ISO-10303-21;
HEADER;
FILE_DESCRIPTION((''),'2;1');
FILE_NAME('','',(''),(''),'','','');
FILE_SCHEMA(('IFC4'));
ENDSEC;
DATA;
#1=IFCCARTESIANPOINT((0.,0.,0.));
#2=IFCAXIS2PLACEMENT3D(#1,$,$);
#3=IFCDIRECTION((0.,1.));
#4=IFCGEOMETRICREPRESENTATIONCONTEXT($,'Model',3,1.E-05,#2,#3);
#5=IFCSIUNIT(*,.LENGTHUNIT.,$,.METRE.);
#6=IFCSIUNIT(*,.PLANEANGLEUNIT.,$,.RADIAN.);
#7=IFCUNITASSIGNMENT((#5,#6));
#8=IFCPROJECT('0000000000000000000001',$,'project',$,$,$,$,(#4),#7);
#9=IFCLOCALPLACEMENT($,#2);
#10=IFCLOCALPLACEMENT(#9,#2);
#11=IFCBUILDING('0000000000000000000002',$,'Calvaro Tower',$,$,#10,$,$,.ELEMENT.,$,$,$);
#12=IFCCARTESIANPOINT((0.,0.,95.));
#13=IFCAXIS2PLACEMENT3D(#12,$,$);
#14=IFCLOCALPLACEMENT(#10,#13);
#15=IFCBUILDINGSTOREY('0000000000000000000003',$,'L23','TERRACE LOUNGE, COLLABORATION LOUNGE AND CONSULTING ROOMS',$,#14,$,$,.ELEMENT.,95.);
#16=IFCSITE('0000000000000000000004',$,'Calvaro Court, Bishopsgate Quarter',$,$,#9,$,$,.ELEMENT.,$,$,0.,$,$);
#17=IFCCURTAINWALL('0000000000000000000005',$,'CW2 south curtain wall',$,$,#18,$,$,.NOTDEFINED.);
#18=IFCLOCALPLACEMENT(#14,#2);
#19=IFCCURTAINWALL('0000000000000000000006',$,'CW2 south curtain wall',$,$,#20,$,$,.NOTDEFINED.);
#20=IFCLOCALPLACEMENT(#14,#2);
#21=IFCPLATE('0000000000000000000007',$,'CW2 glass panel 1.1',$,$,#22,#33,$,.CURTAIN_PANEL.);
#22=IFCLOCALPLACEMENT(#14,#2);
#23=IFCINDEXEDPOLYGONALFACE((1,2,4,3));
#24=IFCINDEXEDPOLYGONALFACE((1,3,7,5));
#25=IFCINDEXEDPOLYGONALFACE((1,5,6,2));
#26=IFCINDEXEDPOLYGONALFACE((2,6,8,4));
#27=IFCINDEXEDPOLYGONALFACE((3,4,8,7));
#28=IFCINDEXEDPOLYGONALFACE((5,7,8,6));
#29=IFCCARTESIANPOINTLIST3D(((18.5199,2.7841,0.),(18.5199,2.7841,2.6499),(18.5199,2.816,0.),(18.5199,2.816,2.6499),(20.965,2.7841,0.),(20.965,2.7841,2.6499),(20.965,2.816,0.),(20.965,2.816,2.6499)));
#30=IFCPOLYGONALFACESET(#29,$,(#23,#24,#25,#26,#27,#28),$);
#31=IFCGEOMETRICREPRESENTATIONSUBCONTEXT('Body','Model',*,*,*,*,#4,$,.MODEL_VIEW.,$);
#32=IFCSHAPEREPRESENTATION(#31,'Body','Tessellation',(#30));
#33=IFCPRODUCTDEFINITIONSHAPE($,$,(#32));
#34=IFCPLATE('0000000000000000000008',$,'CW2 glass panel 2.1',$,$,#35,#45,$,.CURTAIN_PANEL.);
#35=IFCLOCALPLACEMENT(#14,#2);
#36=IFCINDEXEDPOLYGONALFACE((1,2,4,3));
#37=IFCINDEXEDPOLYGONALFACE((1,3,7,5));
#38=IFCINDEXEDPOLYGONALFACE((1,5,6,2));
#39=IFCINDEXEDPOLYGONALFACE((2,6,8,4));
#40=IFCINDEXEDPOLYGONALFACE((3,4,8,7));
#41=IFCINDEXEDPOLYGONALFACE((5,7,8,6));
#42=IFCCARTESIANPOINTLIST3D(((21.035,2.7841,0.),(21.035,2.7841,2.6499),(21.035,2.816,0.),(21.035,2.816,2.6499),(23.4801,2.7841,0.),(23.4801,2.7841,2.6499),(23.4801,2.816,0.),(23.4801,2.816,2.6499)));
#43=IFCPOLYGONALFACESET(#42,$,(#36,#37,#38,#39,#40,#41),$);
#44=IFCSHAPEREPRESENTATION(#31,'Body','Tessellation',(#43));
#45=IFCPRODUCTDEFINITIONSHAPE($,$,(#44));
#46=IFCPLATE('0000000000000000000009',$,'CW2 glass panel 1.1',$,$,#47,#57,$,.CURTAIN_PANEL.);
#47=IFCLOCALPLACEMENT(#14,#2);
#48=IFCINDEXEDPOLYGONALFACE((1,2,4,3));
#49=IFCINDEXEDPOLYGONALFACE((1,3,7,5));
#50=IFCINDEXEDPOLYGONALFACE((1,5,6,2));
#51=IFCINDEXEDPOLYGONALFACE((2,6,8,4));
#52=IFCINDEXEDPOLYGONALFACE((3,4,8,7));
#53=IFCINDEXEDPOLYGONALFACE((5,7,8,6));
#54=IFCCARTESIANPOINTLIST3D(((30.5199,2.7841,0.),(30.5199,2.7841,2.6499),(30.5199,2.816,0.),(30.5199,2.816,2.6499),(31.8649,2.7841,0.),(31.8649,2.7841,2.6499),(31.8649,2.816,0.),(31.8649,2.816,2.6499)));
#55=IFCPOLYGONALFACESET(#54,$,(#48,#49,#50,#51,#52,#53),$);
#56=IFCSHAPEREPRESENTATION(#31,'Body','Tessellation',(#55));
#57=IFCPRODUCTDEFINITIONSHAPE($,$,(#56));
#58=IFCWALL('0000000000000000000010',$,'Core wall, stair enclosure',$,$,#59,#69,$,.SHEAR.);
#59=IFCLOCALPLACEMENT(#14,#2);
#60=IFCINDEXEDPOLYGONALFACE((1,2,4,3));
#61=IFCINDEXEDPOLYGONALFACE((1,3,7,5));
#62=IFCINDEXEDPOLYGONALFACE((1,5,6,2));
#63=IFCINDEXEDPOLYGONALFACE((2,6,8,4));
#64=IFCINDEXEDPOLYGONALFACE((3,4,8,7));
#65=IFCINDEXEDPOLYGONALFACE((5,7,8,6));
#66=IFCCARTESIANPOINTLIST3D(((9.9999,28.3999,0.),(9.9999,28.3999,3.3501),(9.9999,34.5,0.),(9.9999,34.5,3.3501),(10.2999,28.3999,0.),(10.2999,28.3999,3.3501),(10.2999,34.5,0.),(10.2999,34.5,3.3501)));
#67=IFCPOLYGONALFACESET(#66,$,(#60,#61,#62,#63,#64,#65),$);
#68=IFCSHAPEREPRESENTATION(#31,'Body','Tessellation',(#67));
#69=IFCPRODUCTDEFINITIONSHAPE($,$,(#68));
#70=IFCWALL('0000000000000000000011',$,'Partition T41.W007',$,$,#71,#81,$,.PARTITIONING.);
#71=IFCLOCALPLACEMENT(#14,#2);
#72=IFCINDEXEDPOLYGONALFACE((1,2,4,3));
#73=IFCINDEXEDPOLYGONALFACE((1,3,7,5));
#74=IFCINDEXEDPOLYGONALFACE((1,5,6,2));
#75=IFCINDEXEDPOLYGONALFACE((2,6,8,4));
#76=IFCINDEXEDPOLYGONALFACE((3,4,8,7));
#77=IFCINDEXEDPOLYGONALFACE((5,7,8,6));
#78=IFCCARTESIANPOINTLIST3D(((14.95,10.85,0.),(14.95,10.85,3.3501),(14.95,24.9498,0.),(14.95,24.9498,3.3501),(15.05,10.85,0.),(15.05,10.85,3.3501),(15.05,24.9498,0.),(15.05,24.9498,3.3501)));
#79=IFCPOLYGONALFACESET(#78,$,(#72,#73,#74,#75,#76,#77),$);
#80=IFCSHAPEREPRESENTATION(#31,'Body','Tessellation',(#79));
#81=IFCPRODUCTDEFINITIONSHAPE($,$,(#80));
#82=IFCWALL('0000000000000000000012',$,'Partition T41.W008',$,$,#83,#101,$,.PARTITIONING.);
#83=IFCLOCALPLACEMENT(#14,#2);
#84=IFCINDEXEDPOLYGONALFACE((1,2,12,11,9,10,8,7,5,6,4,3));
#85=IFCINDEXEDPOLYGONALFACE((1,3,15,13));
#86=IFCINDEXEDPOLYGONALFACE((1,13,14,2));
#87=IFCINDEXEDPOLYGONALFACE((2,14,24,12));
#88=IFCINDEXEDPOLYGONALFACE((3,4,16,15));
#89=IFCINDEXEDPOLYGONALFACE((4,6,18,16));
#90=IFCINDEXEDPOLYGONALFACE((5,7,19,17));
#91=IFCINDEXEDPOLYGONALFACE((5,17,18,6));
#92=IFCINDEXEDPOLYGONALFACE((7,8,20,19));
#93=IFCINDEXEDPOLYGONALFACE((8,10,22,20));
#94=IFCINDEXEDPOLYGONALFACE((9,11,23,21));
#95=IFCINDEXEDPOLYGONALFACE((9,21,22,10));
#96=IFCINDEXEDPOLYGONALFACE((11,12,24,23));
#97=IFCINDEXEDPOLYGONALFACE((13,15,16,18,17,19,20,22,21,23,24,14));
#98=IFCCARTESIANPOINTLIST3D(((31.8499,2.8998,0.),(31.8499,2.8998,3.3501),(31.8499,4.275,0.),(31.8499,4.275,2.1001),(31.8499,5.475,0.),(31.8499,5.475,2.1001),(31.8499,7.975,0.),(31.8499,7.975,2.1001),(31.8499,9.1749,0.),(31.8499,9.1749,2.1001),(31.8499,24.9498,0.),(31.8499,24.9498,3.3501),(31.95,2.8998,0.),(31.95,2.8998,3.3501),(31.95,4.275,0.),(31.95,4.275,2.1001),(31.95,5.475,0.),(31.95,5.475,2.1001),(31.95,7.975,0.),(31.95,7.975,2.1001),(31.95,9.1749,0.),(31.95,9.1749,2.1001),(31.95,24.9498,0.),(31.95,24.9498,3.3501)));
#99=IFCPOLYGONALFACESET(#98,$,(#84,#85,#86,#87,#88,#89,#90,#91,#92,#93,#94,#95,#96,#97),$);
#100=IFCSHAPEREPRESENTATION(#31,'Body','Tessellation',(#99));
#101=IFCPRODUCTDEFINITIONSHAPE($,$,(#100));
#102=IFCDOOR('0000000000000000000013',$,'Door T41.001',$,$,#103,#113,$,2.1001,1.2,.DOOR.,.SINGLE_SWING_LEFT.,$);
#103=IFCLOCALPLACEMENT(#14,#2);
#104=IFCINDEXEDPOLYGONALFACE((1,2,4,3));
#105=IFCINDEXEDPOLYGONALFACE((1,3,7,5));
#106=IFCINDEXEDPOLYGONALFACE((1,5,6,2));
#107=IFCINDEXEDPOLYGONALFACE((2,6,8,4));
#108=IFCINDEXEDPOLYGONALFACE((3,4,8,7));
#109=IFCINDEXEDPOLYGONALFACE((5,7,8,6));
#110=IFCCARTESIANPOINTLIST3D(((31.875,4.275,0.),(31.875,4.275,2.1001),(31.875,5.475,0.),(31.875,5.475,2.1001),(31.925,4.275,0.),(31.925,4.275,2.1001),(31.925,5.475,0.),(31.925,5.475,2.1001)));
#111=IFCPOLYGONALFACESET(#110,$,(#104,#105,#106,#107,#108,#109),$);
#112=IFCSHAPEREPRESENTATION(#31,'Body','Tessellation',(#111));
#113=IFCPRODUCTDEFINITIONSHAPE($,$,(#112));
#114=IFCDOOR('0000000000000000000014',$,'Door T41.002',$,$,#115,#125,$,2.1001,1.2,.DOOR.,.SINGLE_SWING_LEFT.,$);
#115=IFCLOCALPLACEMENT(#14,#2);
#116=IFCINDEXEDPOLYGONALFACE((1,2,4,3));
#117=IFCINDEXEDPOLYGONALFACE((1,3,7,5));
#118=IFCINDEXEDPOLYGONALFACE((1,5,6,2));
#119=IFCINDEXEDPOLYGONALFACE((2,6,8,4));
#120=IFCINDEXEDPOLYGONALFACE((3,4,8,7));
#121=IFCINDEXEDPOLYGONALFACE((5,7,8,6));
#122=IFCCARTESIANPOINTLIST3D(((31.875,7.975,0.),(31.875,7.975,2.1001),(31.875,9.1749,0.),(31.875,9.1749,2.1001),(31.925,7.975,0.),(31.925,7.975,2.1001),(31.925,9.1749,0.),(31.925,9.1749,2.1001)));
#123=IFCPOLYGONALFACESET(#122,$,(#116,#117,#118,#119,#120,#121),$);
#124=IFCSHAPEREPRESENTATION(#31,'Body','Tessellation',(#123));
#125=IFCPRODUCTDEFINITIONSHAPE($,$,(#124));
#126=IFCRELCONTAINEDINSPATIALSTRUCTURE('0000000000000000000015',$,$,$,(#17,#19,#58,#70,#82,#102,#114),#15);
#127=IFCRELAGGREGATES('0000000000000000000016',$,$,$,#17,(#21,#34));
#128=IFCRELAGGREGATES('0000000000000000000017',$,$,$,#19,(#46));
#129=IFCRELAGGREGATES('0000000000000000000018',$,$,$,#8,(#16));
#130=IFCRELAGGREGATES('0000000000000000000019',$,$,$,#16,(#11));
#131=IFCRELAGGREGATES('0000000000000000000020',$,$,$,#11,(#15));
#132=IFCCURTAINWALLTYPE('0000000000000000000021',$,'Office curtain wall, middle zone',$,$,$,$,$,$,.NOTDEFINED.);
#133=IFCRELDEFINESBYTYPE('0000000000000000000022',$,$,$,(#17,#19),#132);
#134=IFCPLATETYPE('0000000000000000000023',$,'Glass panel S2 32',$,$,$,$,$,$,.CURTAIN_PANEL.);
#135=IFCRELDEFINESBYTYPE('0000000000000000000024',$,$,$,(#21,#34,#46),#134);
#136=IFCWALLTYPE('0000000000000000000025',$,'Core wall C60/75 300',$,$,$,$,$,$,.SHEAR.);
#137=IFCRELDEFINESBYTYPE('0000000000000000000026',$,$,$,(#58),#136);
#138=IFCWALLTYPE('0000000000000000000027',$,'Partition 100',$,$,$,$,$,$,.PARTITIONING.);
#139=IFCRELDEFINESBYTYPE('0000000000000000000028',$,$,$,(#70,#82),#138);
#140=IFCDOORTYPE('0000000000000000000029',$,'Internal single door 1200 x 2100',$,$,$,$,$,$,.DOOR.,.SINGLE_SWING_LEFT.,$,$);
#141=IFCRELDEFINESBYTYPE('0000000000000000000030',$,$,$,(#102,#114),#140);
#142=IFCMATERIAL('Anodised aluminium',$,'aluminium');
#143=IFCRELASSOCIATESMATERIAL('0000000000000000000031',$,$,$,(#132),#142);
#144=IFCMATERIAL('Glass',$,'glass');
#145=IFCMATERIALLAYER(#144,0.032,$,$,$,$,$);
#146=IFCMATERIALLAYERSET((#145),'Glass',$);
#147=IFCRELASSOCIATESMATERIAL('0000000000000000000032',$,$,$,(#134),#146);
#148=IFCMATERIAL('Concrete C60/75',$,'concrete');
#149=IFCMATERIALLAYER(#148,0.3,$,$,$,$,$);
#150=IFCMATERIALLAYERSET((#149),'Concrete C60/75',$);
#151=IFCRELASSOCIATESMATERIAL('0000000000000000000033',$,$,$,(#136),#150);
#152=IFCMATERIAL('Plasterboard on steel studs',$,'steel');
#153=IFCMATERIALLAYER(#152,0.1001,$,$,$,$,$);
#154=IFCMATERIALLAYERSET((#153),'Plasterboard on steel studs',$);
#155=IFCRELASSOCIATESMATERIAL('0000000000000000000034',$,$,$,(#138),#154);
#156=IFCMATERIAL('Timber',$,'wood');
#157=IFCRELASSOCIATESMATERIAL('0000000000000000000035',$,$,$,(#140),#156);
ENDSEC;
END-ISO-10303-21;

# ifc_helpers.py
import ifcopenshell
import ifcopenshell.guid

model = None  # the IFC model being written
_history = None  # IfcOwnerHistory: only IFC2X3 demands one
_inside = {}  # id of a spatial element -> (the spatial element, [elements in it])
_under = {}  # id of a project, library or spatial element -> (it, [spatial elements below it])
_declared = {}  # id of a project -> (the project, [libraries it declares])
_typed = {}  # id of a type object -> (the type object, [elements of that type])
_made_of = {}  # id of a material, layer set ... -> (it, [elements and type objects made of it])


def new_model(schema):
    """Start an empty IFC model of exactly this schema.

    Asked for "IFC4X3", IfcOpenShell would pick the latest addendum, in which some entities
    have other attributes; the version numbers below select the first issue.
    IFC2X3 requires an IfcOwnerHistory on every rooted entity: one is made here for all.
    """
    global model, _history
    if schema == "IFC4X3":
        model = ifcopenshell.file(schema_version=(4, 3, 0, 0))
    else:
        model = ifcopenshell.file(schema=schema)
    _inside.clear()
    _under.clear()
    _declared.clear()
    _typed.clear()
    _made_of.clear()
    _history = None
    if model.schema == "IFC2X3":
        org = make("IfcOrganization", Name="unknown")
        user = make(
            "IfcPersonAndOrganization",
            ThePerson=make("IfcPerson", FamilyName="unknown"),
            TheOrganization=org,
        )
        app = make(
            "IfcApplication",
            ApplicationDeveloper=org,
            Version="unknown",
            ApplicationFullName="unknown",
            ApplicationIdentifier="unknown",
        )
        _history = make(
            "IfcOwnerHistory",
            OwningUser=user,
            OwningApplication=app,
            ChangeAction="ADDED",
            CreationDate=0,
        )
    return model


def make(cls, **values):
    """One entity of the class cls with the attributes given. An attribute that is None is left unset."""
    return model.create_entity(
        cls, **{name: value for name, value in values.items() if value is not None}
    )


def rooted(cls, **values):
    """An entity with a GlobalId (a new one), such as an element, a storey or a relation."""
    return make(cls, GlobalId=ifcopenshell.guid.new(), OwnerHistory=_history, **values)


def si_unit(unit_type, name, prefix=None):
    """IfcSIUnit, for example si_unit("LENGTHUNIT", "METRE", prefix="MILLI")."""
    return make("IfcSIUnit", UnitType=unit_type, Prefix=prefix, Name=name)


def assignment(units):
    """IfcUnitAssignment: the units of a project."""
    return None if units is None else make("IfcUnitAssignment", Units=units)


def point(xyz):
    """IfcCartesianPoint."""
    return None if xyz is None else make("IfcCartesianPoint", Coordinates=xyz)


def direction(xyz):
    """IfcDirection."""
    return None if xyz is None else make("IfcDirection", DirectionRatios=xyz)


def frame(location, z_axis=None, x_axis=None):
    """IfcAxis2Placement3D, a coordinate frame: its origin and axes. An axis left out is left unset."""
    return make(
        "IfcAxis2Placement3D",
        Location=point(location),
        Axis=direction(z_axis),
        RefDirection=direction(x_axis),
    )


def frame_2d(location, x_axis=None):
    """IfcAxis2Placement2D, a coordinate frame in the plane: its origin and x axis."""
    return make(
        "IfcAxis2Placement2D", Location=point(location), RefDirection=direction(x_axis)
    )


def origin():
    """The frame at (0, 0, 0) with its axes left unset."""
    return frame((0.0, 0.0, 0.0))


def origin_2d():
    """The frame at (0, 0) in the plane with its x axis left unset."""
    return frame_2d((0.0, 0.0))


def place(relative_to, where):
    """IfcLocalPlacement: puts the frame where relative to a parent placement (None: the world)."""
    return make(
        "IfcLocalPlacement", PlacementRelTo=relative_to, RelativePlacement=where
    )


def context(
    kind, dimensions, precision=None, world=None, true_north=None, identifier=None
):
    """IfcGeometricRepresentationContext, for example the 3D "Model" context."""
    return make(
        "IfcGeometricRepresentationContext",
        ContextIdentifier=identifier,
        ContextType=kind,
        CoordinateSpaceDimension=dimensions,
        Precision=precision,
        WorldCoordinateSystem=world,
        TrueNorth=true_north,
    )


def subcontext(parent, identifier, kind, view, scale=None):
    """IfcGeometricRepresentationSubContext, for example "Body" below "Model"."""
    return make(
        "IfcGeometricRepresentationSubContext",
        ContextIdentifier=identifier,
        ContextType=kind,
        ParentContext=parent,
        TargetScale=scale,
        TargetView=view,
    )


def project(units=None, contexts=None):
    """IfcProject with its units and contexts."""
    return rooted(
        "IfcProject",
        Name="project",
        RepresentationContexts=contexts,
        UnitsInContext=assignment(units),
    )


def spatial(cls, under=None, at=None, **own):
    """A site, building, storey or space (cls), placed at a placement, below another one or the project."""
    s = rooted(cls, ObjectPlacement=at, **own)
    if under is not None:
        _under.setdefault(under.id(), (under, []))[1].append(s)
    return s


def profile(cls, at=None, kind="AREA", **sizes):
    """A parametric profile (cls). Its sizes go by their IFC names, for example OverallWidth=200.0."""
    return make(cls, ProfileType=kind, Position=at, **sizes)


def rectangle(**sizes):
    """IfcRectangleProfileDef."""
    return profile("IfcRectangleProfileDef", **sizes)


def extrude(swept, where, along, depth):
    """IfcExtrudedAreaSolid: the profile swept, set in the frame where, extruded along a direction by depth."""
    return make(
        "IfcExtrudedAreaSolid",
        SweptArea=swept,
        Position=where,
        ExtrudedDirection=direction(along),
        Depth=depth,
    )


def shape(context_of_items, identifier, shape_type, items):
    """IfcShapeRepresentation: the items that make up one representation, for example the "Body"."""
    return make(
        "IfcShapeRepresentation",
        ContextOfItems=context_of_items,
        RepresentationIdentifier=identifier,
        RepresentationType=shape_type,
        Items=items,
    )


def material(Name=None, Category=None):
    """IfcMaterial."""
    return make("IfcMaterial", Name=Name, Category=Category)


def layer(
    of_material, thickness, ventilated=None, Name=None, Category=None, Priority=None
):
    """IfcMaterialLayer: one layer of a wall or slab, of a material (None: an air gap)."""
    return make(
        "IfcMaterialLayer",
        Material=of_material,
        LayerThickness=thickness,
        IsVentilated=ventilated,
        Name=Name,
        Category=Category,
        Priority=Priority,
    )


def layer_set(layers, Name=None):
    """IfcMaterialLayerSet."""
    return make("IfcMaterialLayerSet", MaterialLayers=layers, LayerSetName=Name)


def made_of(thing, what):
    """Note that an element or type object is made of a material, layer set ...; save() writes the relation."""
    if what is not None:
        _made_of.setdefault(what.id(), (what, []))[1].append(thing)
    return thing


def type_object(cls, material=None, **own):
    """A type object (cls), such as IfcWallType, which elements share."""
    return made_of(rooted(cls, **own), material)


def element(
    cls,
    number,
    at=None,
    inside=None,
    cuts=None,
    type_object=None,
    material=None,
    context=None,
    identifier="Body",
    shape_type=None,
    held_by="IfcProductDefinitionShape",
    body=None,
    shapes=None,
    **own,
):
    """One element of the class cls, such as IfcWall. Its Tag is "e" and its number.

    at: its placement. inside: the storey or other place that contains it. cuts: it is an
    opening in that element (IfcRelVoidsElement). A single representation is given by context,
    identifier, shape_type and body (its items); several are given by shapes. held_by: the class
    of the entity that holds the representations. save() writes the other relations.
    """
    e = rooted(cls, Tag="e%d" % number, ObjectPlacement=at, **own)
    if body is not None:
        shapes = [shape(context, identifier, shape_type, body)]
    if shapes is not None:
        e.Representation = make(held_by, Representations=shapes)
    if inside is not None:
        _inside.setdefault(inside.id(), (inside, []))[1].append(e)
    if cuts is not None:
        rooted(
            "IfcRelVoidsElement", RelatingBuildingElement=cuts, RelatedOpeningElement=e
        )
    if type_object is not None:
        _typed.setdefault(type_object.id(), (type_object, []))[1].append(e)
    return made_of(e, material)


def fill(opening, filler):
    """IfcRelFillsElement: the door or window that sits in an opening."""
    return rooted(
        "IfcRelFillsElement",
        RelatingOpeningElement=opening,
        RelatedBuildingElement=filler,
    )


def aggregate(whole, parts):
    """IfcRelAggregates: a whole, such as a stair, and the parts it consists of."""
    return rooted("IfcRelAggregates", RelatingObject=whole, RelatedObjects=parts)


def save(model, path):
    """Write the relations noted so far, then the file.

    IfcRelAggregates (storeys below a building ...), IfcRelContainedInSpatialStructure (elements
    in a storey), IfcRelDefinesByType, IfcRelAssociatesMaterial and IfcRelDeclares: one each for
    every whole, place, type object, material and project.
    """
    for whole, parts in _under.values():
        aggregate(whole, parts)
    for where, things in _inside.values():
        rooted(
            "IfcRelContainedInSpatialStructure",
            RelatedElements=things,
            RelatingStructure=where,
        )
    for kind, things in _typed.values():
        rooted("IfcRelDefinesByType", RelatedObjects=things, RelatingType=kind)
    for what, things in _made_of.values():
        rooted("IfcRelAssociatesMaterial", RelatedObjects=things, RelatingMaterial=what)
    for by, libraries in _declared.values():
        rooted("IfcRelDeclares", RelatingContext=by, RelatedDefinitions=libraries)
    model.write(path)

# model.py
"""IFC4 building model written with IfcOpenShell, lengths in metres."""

from ifc_helpers import new_model, si_unit, direction, frame, frame_2d, origin, origin_2d, place, context, subcontext, project, spatial, rectangle, extrude, material, layer, layer_set, type_object, element, fill, aggregate, save


model = new_model("IFC4")

# Units and contexts
model_context = context("Model", 3, precision=1e-05, world=origin(), true_north=direction((0.0, 1.0)))
body_context = subcontext(model_context, "Body", "Model", "MODEL_VIEW")
ifc_project = project(units=[si_unit("LENGTHUNIT", "METRE"), si_unit("PLANEANGLEUNIT", "RADIAN")], contexts=[model_context])

# Site, building, storey
site_placement = place(None, origin())
site = spatial("IfcSite", under=ifc_project, at=site_placement, Name="Calvaro Court, Bishopsgate Quarter", CompositionType="ELEMENT", RefElevation=0.0)
building_placement = place(site_placement, origin())
building = spatial("IfcBuilding", under=site, at=building_placement, Name="Calvaro Tower", CompositionType="ELEMENT")
storey_placement = place(building_placement, frame((0.0, 0.0, 95.0)))
storey = spatial("IfcBuildingStorey", under=building, at=storey_placement, Name="L23", Description="TERRACE LOUNGE, COLLABORATION LOUNGE AND CONSULTING ROOMS", CompositionType="ELEMENT", Elevation=95.0)

# Curtain walls
ifc_material_1 = material(Name="Anodised aluminium", Category="aluminium")
curtain_wall_type = type_object("IfcCurtainWallType", Name="Office curtain wall, middle zone", PredefinedType="NOTDEFINED", material=ifc_material_1)
curtain_wall_1_placement = place(storey_placement, origin())
curtain_wall_1 = element("IfcCurtainWall", 1, at=curtain_wall_1_placement, inside=storey, type_object=curtain_wall_type, Name="CW2 south curtain wall", PredefinedType="NOTDEFINED")
curtain_wall_2_placement = place(storey_placement, origin())
curtain_wall_2 = element("IfcCurtainWall", 2, at=curtain_wall_2_placement, inside=storey, type_object=curtain_wall_type, Name="CW2 south curtain wall", PredefinedType="NOTDEFINED")

# Plates
ifc_material_2 = material(Name="Glass", Category="glass")
ifc_layer_1 = layer(ifc_material_2, 0.032)
ifc_layer_set_1 = layer_set([ifc_layer_1], Name="Glass")
plate_type = type_object("IfcPlateType", Name="Glass panel S2 32", PredefinedType="CURTAIN_PANEL", material=ifc_layer_set_1)
plate_1_placement = place(storey_placement, frame((19.7424, 2.8, 0.0), z_axis=(0.0, 0.0, 1.0), x_axis=(1.0, 0.0, 0.0)))
plate_1 = element("IfcPlate", 3, at=plate_1_placement, type_object=plate_type, Name="CW2 glass panel 1.1", PredefinedType="CURTAIN_PANEL", context=body_context, shape_type="SweptSolid", body=[
    extrude(rectangle(XDim=2.4451, YDim=0.032, at=origin_2d()), origin(), (0.0, 0.0, 1.0), 2.6499),
])
plate_2_placement = place(storey_placement, frame((22.2576, 2.8, 0.0), z_axis=(0.0, 0.0, 1.0), x_axis=(1.0, 0.0, 0.0)))
plate_2 = element("IfcPlate", 4, at=plate_2_placement, type_object=plate_type, Name="CW2 glass panel 2.1", PredefinedType="CURTAIN_PANEL", context=body_context, shape_type="SweptSolid", body=[
    extrude(rectangle(XDim=2.4451, YDim=0.032, at=origin_2d()), origin(), (0.0, 0.0, 1.0), 2.6499),
])
aggregate(curtain_wall_1, [plate_1, plate_2])
plate_3_placement = place(storey_placement, frame((31.1924, 2.8, 0.0), z_axis=(0.0, 0.0, 1.0), x_axis=(1.0, 0.0, 0.0)))
plate_3 = element("IfcPlate", 5, at=plate_3_placement, type_object=plate_type, Name="CW2 glass panel 1.1", PredefinedType="CURTAIN_PANEL", context=body_context, shape_type="SweptSolid", body=[
    extrude(rectangle(XDim=1.345, YDim=0.032, at=origin_2d()), origin(), (0.0, 0.0, 1.0), 2.6499),
])
aggregate(curtain_wall_2, [plate_3])

# Wall
ifc_material_3 = material(Name="Concrete C60/75", Category="concrete")
ifc_layer_2 = layer(ifc_material_3, 0.3)
ifc_layer_set_2 = layer_set([ifc_layer_2], Name="Concrete C60/75")
wall_type_1 = type_object("IfcWallType", Name="Core wall C60/75 300", PredefinedType="SHEAR", material=ifc_layer_set_2)
wall_1_placement = place(storey_placement, frame((10.1499, 28.3999, 0.0), z_axis=(0.0, 0.0, 1.0), x_axis=(0.0, 1.0, 0.0)))
element("IfcWall", 6, at=wall_1_placement, inside=storey, type_object=wall_type_1, Name="Core wall, stair enclosure", PredefinedType="SHEAR", context=body_context, shape_type="SweptSolid", body=[
    extrude(rectangle(XDim=6.1001, YDim=0.3, at=frame_2d((3.05, 0.0))), origin(), (0.0, 0.0, 1.0), 3.3501),
])

# Wall
ifc_material_4 = material(Name="Plasterboard on steel studs", Category="steel")
ifc_layer_3 = layer(ifc_material_4, 0.1001)
ifc_layer_set_3 = layer_set([ifc_layer_3], Name="Plasterboard on steel studs")
wall_type_2 = type_object("IfcWallType", Name="Partition 100", PredefinedType="PARTITIONING", material=ifc_layer_set_3)
wall_2_placement = place(storey_placement, frame((15.0, 10.8501, 0.0), z_axis=(0.0, 0.0, 1.0), x_axis=(0.0, 1.0, 0.0)))
element("IfcWall", 7, at=wall_2_placement, inside=storey, type_object=wall_type_2, Name="Partition T41.W007", PredefinedType="PARTITIONING", context=body_context, shape_type="SweptSolid", body=[
    extrude(rectangle(XDim=14.0999, YDim=0.1001, at=frame_2d((7.0498, 0.0))), origin(), (0.0, 0.0, 1.0), 3.3501),
])

# Wall, openings, doors
wall_3_placement = place(storey_placement, frame((31.8999, 2.8999, 0.0), z_axis=(0.0, 0.0, 1.0), x_axis=(0.0, 1.0, 0.0)))
wall_3 = element("IfcWall", 8, at=wall_3_placement, inside=storey, type_object=wall_type_2, Name="Partition T41.W008", PredefinedType="PARTITIONING", context=body_context, shape_type="SweptSolid", body=[
    extrude(rectangle(XDim=22.05, YDim=0.1001, at=frame_2d((11.0249, 0.0))), origin(), (0.0, 0.0, 1.0), 3.3501),
])
opening_1_placement = place(wall_3_placement, frame((1.375, 0.0, 0.0)))
opening_1 = element("IfcOpeningElement", 9, at=opening_1_placement, cuts=wall_3, PredefinedType="OPENING", context=body_context, shape_type="SweptSolid", body=[
    extrude(rectangle(XDim=1.2, YDim=2.1001, at=frame_2d((0.6001, 1.05))), frame((0.0, 0.0601, 0.0), z_axis=(0.0, -1.0, 0.0), x_axis=(1.0, 0.0, 0.0)), (0.0, 0.0, 1.0), 0.1201),
])
opening_2_placement = place(wall_3_placement, frame((5.075, 0.0, 0.0)))
opening_2 = element("IfcOpeningElement", 10, at=opening_2_placement, cuts=wall_3, PredefinedType="OPENING", context=body_context, shape_type="SweptSolid", body=[
    extrude(rectangle(XDim=1.2, YDim=2.1001, at=frame_2d((0.6001, 1.05))), frame((0.0, 0.0601, 0.0), z_axis=(0.0, -1.0, 0.0), x_axis=(1.0, 0.0, 0.0)), (0.0, 0.0, 1.0), 0.1201),
])
ifc_material_5 = material(Name="Timber", Category="wood")
door_type_1 = type_object("IfcDoorType", Name="Internal single door 1200 x 2100", OperationType="SINGLE_SWING_LEFT", PredefinedType="DOOR", material=ifc_material_5)
door_1_placement = place(opening_1_placement, origin())
door_1 = element("IfcDoor", 11, at=door_1_placement, inside=storey, type_object=door_type_1, Name="Door T41.001", OperationType="SINGLE_SWING_LEFT", OverallHeight=2.1001, OverallWidth=1.2, PredefinedType="DOOR", context=body_context, shape_type="SweptSolid", body=[
    extrude(rectangle(XDim=1.2, YDim=2.1001, at=frame_2d((0.6001, 1.05))), frame((0.0, 0.0249, 0.0), z_axis=(0.0, -1.0, 0.0), x_axis=(1.0, 0.0, 0.0)), (0.0, 0.0, 1.0), 0.05),
])
fill(opening_1, door_1)
door_2_placement = place(opening_2_placement, origin())
door_2 = element("IfcDoor", 12, at=door_2_placement, inside=storey, type_object=door_type_1, Name="Door T41.002", OperationType="SINGLE_SWING_LEFT", OverallHeight=2.1001, OverallWidth=1.2, PredefinedType="DOOR", context=body_context, shape_type="SweptSolid", body=[
    extrude(rectangle(XDim=1.2, YDim=2.1001, at=frame_2d((0.6001, 1.05))), frame((0.0, 0.0249, 0.0), z_axis=(0.0, -1.0, 0.0), x_axis=(1.0, 0.0, 0.0)), (0.0, 0.0, 1.0), 0.05),
])
fill(opening_2, door_2)

save(model, "model.ifc")
